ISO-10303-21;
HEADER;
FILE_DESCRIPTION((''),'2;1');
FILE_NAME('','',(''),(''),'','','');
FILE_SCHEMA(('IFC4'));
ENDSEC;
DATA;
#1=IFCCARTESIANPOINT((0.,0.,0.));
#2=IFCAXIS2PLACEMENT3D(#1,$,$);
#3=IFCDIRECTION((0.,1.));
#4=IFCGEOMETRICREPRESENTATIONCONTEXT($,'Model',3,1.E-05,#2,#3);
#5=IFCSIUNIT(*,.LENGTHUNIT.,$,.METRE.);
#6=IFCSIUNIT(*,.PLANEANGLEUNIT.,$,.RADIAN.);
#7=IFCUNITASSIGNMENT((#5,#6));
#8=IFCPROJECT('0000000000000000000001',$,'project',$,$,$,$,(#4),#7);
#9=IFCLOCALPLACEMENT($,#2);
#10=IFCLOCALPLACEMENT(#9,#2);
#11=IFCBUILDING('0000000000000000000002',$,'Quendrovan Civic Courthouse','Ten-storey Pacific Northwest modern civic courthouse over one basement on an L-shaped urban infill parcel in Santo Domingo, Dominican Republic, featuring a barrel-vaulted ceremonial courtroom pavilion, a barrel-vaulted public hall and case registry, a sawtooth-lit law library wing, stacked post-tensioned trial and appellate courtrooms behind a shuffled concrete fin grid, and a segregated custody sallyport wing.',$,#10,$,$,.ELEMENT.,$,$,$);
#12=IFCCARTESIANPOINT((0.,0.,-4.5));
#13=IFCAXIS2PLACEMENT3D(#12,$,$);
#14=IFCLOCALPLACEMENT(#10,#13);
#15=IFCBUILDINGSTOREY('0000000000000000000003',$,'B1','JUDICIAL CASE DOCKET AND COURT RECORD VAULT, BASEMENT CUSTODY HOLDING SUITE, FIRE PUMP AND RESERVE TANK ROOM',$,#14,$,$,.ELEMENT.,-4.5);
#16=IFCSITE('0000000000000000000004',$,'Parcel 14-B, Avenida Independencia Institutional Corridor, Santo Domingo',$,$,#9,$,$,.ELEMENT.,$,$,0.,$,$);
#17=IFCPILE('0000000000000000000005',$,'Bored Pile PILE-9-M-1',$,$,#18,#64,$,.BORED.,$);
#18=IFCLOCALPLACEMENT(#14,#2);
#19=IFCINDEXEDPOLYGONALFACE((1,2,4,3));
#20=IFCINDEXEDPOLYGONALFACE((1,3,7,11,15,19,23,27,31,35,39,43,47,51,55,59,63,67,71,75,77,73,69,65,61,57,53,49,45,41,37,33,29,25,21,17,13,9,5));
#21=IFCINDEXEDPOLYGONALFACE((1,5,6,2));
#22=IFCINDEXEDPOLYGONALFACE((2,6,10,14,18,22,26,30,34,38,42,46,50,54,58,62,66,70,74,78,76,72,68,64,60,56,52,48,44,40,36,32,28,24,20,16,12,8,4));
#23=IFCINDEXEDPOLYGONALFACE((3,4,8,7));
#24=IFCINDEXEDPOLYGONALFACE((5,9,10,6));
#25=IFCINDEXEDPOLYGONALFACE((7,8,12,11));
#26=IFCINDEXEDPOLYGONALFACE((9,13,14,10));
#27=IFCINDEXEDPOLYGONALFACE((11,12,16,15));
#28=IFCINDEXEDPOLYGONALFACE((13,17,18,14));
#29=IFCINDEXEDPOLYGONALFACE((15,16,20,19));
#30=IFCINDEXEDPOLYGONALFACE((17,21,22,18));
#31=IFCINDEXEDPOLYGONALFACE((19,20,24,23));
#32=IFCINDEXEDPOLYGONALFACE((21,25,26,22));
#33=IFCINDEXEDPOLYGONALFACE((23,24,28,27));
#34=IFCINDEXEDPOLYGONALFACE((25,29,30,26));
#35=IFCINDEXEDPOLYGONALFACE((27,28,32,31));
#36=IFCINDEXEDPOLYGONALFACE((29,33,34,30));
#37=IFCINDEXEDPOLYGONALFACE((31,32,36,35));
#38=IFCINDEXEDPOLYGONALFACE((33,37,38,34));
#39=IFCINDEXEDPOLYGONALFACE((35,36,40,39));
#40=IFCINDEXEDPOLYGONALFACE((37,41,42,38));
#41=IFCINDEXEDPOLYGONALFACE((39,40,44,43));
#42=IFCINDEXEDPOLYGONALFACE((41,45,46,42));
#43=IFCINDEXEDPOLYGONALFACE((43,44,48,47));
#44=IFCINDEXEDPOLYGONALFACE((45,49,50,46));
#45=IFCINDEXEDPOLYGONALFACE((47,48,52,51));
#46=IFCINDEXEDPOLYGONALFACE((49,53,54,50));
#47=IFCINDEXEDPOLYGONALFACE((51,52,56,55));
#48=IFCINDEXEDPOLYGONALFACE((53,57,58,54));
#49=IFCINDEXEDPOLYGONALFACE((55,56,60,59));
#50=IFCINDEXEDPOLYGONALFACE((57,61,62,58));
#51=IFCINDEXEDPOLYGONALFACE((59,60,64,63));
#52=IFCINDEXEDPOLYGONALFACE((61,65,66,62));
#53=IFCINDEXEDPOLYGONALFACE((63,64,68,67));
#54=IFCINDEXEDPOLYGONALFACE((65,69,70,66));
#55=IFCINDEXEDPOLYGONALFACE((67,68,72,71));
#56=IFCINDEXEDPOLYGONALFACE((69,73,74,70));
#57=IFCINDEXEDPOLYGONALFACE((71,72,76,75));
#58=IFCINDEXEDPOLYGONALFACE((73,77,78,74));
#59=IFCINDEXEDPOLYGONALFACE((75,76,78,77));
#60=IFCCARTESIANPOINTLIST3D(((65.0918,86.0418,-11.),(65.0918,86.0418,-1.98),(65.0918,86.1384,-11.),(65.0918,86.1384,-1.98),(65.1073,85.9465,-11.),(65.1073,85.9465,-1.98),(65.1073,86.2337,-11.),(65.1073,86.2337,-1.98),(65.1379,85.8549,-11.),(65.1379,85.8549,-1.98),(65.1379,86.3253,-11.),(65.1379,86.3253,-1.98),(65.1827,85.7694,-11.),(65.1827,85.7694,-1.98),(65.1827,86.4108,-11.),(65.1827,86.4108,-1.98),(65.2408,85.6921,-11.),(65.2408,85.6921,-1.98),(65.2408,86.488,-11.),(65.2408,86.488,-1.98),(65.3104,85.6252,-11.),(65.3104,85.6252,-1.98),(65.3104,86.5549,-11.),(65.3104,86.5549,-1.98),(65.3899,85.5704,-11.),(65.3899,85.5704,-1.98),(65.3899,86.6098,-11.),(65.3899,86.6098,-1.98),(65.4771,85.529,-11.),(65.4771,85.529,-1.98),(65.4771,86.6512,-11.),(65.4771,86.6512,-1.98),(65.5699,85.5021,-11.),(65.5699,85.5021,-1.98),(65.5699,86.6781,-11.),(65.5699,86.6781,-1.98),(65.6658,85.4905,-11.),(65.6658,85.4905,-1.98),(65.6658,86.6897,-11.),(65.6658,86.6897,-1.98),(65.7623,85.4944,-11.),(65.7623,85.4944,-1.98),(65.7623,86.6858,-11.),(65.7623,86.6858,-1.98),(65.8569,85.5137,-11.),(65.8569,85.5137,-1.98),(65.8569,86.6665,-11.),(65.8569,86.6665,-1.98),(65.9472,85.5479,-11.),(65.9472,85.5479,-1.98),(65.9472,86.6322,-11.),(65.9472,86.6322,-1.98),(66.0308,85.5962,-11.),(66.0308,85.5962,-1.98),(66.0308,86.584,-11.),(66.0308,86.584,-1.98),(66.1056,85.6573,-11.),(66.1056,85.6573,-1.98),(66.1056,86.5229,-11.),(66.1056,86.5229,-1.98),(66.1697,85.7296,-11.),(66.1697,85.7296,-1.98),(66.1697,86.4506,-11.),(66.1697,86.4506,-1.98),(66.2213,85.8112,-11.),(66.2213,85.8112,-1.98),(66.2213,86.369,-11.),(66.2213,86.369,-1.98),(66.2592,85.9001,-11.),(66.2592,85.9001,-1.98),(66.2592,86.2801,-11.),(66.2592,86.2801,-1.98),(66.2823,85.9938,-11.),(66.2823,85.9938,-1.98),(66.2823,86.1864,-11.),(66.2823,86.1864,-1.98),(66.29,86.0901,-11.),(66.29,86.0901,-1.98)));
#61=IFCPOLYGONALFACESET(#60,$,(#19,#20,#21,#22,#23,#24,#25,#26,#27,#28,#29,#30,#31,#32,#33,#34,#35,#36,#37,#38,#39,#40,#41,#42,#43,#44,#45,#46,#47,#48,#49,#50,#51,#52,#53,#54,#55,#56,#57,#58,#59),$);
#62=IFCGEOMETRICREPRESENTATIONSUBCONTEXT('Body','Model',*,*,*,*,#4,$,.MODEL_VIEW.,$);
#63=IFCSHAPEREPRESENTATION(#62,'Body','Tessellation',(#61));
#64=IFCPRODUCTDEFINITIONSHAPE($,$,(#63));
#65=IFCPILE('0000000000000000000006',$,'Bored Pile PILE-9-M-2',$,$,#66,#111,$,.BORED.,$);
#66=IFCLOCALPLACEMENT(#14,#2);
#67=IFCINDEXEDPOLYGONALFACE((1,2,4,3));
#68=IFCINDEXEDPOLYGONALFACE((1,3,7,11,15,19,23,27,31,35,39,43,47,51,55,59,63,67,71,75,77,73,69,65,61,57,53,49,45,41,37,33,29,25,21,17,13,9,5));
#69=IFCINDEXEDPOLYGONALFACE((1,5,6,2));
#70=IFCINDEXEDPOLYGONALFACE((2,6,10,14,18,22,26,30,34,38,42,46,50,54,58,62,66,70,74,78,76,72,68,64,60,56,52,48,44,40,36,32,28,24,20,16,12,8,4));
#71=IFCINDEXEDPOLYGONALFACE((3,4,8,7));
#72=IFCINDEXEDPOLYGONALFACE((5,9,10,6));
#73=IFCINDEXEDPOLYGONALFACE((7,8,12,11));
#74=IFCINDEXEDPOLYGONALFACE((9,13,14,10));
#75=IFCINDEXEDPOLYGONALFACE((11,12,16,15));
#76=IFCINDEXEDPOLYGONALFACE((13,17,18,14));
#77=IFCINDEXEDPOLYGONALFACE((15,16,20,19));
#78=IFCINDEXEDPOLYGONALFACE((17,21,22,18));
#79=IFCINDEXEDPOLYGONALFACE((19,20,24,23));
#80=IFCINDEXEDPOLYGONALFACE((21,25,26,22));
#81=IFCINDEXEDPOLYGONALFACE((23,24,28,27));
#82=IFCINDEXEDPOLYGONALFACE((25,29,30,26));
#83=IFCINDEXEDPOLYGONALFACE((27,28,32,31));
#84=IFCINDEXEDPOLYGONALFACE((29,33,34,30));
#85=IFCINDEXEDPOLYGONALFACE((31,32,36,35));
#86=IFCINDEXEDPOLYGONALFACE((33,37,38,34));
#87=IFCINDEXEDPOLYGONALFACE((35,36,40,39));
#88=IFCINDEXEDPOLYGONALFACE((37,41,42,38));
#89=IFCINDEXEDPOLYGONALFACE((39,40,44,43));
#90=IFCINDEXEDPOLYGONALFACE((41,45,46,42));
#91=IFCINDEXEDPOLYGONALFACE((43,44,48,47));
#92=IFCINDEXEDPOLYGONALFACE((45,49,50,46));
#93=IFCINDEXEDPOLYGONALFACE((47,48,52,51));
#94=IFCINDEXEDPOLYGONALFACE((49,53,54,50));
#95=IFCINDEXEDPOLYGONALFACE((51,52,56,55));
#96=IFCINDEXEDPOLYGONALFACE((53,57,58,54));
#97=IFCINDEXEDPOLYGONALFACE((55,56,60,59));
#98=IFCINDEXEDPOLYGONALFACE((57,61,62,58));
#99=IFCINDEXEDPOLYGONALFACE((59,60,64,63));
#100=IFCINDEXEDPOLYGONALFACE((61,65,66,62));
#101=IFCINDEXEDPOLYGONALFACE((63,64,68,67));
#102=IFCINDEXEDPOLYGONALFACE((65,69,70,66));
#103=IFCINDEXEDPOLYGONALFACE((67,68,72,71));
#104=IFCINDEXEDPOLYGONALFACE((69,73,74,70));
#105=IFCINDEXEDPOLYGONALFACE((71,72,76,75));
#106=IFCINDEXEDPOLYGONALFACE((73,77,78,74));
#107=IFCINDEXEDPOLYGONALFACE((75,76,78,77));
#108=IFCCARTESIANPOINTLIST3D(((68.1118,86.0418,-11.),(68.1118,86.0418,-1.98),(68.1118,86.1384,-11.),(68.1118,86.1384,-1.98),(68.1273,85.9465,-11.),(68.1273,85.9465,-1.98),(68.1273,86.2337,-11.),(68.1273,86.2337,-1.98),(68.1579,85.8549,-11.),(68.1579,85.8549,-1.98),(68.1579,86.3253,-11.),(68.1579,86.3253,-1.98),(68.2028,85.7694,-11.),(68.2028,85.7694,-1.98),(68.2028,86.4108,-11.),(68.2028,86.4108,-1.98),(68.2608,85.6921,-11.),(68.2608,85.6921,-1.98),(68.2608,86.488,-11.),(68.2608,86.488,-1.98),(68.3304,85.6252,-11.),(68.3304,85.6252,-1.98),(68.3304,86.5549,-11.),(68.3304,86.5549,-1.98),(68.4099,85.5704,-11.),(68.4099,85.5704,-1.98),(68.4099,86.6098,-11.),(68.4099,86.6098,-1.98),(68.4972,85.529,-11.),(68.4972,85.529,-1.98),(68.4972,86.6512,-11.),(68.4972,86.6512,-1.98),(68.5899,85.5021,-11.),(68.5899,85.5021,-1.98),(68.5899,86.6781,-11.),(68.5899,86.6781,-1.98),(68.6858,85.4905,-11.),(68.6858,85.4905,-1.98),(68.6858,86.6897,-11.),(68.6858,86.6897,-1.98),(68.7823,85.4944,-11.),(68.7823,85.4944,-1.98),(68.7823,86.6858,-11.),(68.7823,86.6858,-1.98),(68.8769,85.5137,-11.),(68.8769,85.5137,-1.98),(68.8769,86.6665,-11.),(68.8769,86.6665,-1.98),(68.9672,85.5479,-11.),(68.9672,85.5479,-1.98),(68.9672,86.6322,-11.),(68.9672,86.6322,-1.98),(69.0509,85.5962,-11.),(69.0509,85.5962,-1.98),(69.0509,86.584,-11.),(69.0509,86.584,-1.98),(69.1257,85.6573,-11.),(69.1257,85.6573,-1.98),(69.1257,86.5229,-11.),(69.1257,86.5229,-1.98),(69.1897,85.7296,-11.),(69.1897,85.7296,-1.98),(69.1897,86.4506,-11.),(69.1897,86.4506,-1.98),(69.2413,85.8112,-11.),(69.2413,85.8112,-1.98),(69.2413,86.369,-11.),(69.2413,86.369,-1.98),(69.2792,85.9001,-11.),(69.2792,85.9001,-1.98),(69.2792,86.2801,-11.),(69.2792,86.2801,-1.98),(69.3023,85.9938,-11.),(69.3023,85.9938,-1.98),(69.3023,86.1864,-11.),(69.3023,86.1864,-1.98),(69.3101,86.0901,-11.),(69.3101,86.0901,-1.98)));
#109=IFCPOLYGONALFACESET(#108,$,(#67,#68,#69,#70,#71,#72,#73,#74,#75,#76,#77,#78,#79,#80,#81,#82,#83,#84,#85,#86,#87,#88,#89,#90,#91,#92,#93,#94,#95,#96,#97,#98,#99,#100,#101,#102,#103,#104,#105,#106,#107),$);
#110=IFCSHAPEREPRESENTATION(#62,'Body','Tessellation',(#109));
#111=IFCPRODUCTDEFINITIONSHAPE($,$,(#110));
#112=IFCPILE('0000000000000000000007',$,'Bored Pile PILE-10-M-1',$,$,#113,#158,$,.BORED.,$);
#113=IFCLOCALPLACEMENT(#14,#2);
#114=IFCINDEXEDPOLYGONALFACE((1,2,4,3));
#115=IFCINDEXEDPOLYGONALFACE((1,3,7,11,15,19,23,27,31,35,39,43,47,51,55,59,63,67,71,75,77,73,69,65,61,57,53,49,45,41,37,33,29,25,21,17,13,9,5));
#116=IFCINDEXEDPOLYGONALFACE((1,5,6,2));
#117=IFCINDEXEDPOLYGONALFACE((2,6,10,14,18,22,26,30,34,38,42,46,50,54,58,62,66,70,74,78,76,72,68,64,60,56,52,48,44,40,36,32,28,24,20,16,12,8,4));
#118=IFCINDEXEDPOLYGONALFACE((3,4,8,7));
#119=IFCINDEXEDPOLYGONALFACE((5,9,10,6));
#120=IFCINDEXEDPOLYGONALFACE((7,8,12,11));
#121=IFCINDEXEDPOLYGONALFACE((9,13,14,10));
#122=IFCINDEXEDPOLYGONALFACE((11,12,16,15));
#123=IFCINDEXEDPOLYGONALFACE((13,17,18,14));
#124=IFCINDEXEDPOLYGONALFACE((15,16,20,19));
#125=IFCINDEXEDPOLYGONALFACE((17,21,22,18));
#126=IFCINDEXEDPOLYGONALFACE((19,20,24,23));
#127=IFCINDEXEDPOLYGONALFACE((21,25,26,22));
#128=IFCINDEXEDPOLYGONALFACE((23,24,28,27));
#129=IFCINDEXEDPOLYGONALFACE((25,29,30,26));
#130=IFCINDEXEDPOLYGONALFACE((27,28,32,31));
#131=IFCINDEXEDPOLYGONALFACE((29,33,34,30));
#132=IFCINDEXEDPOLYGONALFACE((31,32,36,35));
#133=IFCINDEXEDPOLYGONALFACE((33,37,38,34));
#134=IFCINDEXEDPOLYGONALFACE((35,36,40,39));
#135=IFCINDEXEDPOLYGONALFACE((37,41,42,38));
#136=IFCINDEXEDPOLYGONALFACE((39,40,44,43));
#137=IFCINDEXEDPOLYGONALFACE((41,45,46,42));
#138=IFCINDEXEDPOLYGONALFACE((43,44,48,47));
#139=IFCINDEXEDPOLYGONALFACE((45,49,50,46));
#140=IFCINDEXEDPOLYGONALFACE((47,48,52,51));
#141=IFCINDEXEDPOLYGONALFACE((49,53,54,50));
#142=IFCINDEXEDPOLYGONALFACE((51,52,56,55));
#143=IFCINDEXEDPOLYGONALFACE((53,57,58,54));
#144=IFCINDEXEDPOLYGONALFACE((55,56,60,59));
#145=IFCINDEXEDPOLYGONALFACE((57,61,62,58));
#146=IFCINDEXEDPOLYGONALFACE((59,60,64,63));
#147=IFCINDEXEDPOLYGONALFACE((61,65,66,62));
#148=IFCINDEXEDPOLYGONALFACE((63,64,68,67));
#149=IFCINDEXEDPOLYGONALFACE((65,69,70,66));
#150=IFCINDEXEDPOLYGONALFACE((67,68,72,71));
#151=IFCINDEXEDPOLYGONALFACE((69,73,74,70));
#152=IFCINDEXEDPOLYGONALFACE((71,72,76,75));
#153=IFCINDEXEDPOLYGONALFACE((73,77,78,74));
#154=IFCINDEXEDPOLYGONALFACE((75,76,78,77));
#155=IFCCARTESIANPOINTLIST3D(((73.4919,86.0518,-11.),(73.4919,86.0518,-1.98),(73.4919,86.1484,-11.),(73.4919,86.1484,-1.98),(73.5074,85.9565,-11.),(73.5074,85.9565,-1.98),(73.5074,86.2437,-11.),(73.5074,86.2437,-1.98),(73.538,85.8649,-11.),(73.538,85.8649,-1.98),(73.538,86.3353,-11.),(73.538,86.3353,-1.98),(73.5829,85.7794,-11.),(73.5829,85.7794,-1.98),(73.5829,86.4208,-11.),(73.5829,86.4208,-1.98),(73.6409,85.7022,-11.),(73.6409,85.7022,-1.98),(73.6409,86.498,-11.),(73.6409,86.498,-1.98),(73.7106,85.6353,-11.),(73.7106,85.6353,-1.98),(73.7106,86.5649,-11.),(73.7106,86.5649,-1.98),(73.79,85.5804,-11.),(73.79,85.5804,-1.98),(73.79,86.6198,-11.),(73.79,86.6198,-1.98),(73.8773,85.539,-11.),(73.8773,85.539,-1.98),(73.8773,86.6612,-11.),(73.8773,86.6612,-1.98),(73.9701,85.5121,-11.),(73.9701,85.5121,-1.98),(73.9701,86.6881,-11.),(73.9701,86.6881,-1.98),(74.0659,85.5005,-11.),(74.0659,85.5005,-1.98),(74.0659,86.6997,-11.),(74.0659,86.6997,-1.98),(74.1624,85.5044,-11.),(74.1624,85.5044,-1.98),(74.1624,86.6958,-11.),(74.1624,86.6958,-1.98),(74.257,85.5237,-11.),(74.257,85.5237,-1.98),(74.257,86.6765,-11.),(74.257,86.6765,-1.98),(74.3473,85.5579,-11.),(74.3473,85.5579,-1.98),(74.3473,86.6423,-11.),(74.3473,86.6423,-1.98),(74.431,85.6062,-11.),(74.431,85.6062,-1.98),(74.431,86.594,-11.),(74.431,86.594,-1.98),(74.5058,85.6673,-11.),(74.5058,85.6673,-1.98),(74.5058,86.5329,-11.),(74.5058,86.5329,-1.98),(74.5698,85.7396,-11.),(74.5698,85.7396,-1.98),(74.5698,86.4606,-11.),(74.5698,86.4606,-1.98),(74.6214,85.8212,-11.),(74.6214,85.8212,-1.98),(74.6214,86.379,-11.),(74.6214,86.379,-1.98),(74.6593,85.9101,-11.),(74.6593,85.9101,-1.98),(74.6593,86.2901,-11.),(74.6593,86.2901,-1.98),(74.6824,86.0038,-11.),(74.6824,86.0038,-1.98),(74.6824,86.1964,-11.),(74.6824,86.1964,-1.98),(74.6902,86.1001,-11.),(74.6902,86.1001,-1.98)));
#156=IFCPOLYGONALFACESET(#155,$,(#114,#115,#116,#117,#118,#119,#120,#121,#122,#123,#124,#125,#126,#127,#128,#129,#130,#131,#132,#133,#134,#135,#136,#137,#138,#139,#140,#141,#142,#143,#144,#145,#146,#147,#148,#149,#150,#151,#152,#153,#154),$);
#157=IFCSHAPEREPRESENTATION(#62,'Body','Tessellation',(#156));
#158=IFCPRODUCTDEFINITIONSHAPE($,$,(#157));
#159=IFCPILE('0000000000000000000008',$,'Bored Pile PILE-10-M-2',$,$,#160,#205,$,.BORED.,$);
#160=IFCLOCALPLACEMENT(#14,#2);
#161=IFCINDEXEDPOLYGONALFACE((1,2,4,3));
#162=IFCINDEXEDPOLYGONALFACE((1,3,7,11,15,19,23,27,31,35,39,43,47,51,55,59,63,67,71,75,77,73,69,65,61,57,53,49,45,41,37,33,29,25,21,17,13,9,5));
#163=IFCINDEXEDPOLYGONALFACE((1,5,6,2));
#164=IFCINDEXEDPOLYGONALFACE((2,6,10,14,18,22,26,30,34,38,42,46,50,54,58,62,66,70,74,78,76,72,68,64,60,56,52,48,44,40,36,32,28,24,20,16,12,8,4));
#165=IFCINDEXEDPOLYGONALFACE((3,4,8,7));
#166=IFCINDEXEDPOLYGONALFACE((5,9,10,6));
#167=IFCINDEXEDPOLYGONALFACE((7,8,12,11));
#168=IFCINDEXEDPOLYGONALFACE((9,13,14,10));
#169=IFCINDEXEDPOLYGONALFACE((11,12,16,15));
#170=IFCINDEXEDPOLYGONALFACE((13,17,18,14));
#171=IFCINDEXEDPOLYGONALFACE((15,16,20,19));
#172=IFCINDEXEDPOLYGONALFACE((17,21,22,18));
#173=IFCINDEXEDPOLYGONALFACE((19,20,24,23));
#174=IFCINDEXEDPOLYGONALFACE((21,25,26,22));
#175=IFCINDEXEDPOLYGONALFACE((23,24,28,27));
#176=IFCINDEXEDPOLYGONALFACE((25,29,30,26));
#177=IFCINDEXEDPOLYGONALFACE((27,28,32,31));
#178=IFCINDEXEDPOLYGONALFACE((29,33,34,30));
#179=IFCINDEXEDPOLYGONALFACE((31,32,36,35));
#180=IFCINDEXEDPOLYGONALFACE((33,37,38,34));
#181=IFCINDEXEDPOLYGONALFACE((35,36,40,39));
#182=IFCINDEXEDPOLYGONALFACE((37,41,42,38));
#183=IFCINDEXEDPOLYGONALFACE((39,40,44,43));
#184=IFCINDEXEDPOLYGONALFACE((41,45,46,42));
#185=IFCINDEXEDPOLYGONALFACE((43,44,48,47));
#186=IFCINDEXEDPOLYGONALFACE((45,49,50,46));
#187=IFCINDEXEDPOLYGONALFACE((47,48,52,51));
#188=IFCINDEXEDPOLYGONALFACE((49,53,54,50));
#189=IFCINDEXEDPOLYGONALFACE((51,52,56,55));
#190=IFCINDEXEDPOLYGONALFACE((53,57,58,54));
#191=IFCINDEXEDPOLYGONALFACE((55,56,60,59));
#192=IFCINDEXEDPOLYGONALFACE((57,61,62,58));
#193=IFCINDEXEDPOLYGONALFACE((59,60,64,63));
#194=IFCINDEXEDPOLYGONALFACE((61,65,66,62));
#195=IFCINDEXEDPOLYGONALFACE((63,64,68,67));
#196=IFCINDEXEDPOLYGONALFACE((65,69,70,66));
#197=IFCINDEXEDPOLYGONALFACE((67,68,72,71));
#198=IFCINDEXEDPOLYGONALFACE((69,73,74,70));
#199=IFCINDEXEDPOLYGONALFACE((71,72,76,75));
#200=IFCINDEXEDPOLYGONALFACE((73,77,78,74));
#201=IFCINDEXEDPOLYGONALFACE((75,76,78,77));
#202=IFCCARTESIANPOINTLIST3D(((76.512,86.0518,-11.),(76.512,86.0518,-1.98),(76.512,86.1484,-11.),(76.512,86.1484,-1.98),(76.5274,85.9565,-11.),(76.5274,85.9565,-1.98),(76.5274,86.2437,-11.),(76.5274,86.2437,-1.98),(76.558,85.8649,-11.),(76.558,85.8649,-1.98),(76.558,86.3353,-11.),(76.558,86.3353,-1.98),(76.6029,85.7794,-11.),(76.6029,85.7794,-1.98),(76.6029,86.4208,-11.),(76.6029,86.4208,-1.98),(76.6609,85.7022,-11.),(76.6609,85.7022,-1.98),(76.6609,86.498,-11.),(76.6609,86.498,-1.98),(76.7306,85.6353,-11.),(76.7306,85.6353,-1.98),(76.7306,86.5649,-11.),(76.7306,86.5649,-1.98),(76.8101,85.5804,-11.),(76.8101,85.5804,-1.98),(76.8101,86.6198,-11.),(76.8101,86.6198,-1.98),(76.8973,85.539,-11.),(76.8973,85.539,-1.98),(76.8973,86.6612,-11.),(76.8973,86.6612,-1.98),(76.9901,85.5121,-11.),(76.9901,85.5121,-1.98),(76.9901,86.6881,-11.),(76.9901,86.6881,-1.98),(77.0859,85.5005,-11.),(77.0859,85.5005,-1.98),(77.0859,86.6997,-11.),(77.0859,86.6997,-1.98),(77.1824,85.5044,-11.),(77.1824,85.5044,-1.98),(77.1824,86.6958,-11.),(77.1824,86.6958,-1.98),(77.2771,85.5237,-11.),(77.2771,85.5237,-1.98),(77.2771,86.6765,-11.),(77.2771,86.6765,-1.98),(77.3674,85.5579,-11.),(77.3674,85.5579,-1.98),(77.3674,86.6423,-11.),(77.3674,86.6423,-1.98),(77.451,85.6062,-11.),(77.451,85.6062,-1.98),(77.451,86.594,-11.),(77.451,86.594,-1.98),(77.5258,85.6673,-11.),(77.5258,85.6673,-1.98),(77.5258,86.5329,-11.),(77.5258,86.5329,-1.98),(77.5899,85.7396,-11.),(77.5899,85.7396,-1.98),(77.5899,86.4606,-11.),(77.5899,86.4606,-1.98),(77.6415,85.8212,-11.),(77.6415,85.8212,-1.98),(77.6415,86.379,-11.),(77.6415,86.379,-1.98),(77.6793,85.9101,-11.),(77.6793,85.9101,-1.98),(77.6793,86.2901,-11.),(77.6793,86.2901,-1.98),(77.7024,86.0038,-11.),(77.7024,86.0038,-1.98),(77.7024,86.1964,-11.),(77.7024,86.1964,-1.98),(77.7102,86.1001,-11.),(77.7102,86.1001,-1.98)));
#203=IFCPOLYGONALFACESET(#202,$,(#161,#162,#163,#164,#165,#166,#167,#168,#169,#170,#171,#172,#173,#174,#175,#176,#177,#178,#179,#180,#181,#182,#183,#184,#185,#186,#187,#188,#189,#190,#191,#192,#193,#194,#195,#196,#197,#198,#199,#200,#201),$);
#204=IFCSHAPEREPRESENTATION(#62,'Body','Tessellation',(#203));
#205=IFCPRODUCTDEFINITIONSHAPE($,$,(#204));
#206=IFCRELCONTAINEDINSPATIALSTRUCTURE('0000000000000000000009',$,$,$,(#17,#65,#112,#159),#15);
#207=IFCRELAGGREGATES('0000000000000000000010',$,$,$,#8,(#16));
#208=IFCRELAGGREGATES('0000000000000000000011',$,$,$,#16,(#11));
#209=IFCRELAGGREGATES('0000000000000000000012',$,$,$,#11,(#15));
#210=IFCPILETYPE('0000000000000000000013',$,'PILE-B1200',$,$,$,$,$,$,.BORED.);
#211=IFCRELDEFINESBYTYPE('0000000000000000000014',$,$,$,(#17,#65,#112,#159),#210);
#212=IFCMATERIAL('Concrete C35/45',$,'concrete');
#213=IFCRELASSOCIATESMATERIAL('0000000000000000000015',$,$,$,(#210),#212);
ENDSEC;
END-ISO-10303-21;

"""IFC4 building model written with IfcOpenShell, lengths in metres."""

from ifc_helpers import new_model, si_unit, direction, frame, origin, origin_2d, place, context, subcontext, project, spatial, circle, extrude, material, material_profile, profile_set, type_object, element, save


model = new_model("IFC4")

# Units and contexts
model_context = context("Model", 3, precision=1e-05, world=origin(), true_north=direction((0.0, 1.0)))
body_context = subcontext(model_context, "Body", "Model", "MODEL_VIEW")
ifc_project = project(units=[si_unit("LENGTHUNIT", "METRE"), si_unit("PLANEANGLEUNIT", "RADIAN")], contexts=[model_context])

# Site, building, storey
site_placement = place(None, origin())
site = spatial("IfcSite", under=ifc_project, at=site_placement, Name="Parcel 14-B, Avenida Independencia Institutional Corridor, Santo Domingo", CompositionType="ELEMENT", RefElevation=0.0)
building_placement = place(site_placement, origin())
building = spatial("IfcBuilding", under=site, at=building_placement, Name="Quendrovan Civic Courthouse", Description="Ten-storey Pacific Northwest modern civic courthouse over one basement on an L-shaped urban infill parcel in Santo Domingo, Dominican Republic, featuring a barrel-vaulted ceremonial courtroom pavilion, a barrel-vaulted public hall and case registry, a sawtooth-lit law library wing, stacked post-tensioned trial and appellate courtrooms behind a shuffled concrete fin grid, and a segregated custody sallyport wing.", CompositionType="ELEMENT")
storey_placement = place(building_placement, frame((0.0, 0.0, -4.5)))
storey = spatial("IfcBuildingStorey", under=building, at=storey_placement, Name="B1", Description="JUDICIAL CASE DOCKET AND COURT RECORD VAULT, BASEMENT CUSTODY HOLDING SUITE, FIRE PUMP AND RESERVE TANK ROOM", CompositionType="ELEMENT", Elevation=-4.5)

# Shared definitions
ifc_material_1 = material(Name="Concrete C35/45", Category="concrete")

# Piles
ifc_material_profile_1 = material_profile(ifc_material_1, circle(Radius=0.6001, at=origin_2d()), Name="PILE-D1200")
ifc_profile_set_1 = profile_set([ifc_material_profile_1], Name="Concrete C35/45")
pile_type = type_object("IfcPileType", Name="PILE-B1200", PredefinedType="BORED", material=ifc_profile_set_1)
for number, where, z_axis, x_axis, name in (
    (1, (65.6899, 86.0901, -1.98), (0.0, 0.0, -1.0), (1.0, 0.0, 0.0), "Bored Pile PILE-9-M-1"),
    (2, (68.71, 86.0901, -1.98), (0.0, 0.0, -1.0), (1.0, 0.0, 0.0), "Bored Pile PILE-9-M-2"),
    (3, (74.0901, 86.1001, -1.98), (0.0, 0.0, -1.0), (1.0, 0.0, 0.0), "Bored Pile PILE-10-M-1"),
    (4, (77.1101, 86.1001, -1.98), (0.0, 0.0, -1.0), (1.0, 0.0, 0.0), "Bored Pile PILE-10-M-2"),
):
    element("IfcPile", number, at=place(storey_placement, frame(where, z_axis=z_axis, x_axis=x_axis)), inside=storey, type_object=pile_type, Name=name, PredefinedType="BORED", context=body_context, shape_type="SweptSolid", body=[
        extrude(circle(Radius=0.6001, at=origin_2d()), origin(), (0.0, 0.0, 1.0), 9.02),
    ])

save(model, "model.ifc")
